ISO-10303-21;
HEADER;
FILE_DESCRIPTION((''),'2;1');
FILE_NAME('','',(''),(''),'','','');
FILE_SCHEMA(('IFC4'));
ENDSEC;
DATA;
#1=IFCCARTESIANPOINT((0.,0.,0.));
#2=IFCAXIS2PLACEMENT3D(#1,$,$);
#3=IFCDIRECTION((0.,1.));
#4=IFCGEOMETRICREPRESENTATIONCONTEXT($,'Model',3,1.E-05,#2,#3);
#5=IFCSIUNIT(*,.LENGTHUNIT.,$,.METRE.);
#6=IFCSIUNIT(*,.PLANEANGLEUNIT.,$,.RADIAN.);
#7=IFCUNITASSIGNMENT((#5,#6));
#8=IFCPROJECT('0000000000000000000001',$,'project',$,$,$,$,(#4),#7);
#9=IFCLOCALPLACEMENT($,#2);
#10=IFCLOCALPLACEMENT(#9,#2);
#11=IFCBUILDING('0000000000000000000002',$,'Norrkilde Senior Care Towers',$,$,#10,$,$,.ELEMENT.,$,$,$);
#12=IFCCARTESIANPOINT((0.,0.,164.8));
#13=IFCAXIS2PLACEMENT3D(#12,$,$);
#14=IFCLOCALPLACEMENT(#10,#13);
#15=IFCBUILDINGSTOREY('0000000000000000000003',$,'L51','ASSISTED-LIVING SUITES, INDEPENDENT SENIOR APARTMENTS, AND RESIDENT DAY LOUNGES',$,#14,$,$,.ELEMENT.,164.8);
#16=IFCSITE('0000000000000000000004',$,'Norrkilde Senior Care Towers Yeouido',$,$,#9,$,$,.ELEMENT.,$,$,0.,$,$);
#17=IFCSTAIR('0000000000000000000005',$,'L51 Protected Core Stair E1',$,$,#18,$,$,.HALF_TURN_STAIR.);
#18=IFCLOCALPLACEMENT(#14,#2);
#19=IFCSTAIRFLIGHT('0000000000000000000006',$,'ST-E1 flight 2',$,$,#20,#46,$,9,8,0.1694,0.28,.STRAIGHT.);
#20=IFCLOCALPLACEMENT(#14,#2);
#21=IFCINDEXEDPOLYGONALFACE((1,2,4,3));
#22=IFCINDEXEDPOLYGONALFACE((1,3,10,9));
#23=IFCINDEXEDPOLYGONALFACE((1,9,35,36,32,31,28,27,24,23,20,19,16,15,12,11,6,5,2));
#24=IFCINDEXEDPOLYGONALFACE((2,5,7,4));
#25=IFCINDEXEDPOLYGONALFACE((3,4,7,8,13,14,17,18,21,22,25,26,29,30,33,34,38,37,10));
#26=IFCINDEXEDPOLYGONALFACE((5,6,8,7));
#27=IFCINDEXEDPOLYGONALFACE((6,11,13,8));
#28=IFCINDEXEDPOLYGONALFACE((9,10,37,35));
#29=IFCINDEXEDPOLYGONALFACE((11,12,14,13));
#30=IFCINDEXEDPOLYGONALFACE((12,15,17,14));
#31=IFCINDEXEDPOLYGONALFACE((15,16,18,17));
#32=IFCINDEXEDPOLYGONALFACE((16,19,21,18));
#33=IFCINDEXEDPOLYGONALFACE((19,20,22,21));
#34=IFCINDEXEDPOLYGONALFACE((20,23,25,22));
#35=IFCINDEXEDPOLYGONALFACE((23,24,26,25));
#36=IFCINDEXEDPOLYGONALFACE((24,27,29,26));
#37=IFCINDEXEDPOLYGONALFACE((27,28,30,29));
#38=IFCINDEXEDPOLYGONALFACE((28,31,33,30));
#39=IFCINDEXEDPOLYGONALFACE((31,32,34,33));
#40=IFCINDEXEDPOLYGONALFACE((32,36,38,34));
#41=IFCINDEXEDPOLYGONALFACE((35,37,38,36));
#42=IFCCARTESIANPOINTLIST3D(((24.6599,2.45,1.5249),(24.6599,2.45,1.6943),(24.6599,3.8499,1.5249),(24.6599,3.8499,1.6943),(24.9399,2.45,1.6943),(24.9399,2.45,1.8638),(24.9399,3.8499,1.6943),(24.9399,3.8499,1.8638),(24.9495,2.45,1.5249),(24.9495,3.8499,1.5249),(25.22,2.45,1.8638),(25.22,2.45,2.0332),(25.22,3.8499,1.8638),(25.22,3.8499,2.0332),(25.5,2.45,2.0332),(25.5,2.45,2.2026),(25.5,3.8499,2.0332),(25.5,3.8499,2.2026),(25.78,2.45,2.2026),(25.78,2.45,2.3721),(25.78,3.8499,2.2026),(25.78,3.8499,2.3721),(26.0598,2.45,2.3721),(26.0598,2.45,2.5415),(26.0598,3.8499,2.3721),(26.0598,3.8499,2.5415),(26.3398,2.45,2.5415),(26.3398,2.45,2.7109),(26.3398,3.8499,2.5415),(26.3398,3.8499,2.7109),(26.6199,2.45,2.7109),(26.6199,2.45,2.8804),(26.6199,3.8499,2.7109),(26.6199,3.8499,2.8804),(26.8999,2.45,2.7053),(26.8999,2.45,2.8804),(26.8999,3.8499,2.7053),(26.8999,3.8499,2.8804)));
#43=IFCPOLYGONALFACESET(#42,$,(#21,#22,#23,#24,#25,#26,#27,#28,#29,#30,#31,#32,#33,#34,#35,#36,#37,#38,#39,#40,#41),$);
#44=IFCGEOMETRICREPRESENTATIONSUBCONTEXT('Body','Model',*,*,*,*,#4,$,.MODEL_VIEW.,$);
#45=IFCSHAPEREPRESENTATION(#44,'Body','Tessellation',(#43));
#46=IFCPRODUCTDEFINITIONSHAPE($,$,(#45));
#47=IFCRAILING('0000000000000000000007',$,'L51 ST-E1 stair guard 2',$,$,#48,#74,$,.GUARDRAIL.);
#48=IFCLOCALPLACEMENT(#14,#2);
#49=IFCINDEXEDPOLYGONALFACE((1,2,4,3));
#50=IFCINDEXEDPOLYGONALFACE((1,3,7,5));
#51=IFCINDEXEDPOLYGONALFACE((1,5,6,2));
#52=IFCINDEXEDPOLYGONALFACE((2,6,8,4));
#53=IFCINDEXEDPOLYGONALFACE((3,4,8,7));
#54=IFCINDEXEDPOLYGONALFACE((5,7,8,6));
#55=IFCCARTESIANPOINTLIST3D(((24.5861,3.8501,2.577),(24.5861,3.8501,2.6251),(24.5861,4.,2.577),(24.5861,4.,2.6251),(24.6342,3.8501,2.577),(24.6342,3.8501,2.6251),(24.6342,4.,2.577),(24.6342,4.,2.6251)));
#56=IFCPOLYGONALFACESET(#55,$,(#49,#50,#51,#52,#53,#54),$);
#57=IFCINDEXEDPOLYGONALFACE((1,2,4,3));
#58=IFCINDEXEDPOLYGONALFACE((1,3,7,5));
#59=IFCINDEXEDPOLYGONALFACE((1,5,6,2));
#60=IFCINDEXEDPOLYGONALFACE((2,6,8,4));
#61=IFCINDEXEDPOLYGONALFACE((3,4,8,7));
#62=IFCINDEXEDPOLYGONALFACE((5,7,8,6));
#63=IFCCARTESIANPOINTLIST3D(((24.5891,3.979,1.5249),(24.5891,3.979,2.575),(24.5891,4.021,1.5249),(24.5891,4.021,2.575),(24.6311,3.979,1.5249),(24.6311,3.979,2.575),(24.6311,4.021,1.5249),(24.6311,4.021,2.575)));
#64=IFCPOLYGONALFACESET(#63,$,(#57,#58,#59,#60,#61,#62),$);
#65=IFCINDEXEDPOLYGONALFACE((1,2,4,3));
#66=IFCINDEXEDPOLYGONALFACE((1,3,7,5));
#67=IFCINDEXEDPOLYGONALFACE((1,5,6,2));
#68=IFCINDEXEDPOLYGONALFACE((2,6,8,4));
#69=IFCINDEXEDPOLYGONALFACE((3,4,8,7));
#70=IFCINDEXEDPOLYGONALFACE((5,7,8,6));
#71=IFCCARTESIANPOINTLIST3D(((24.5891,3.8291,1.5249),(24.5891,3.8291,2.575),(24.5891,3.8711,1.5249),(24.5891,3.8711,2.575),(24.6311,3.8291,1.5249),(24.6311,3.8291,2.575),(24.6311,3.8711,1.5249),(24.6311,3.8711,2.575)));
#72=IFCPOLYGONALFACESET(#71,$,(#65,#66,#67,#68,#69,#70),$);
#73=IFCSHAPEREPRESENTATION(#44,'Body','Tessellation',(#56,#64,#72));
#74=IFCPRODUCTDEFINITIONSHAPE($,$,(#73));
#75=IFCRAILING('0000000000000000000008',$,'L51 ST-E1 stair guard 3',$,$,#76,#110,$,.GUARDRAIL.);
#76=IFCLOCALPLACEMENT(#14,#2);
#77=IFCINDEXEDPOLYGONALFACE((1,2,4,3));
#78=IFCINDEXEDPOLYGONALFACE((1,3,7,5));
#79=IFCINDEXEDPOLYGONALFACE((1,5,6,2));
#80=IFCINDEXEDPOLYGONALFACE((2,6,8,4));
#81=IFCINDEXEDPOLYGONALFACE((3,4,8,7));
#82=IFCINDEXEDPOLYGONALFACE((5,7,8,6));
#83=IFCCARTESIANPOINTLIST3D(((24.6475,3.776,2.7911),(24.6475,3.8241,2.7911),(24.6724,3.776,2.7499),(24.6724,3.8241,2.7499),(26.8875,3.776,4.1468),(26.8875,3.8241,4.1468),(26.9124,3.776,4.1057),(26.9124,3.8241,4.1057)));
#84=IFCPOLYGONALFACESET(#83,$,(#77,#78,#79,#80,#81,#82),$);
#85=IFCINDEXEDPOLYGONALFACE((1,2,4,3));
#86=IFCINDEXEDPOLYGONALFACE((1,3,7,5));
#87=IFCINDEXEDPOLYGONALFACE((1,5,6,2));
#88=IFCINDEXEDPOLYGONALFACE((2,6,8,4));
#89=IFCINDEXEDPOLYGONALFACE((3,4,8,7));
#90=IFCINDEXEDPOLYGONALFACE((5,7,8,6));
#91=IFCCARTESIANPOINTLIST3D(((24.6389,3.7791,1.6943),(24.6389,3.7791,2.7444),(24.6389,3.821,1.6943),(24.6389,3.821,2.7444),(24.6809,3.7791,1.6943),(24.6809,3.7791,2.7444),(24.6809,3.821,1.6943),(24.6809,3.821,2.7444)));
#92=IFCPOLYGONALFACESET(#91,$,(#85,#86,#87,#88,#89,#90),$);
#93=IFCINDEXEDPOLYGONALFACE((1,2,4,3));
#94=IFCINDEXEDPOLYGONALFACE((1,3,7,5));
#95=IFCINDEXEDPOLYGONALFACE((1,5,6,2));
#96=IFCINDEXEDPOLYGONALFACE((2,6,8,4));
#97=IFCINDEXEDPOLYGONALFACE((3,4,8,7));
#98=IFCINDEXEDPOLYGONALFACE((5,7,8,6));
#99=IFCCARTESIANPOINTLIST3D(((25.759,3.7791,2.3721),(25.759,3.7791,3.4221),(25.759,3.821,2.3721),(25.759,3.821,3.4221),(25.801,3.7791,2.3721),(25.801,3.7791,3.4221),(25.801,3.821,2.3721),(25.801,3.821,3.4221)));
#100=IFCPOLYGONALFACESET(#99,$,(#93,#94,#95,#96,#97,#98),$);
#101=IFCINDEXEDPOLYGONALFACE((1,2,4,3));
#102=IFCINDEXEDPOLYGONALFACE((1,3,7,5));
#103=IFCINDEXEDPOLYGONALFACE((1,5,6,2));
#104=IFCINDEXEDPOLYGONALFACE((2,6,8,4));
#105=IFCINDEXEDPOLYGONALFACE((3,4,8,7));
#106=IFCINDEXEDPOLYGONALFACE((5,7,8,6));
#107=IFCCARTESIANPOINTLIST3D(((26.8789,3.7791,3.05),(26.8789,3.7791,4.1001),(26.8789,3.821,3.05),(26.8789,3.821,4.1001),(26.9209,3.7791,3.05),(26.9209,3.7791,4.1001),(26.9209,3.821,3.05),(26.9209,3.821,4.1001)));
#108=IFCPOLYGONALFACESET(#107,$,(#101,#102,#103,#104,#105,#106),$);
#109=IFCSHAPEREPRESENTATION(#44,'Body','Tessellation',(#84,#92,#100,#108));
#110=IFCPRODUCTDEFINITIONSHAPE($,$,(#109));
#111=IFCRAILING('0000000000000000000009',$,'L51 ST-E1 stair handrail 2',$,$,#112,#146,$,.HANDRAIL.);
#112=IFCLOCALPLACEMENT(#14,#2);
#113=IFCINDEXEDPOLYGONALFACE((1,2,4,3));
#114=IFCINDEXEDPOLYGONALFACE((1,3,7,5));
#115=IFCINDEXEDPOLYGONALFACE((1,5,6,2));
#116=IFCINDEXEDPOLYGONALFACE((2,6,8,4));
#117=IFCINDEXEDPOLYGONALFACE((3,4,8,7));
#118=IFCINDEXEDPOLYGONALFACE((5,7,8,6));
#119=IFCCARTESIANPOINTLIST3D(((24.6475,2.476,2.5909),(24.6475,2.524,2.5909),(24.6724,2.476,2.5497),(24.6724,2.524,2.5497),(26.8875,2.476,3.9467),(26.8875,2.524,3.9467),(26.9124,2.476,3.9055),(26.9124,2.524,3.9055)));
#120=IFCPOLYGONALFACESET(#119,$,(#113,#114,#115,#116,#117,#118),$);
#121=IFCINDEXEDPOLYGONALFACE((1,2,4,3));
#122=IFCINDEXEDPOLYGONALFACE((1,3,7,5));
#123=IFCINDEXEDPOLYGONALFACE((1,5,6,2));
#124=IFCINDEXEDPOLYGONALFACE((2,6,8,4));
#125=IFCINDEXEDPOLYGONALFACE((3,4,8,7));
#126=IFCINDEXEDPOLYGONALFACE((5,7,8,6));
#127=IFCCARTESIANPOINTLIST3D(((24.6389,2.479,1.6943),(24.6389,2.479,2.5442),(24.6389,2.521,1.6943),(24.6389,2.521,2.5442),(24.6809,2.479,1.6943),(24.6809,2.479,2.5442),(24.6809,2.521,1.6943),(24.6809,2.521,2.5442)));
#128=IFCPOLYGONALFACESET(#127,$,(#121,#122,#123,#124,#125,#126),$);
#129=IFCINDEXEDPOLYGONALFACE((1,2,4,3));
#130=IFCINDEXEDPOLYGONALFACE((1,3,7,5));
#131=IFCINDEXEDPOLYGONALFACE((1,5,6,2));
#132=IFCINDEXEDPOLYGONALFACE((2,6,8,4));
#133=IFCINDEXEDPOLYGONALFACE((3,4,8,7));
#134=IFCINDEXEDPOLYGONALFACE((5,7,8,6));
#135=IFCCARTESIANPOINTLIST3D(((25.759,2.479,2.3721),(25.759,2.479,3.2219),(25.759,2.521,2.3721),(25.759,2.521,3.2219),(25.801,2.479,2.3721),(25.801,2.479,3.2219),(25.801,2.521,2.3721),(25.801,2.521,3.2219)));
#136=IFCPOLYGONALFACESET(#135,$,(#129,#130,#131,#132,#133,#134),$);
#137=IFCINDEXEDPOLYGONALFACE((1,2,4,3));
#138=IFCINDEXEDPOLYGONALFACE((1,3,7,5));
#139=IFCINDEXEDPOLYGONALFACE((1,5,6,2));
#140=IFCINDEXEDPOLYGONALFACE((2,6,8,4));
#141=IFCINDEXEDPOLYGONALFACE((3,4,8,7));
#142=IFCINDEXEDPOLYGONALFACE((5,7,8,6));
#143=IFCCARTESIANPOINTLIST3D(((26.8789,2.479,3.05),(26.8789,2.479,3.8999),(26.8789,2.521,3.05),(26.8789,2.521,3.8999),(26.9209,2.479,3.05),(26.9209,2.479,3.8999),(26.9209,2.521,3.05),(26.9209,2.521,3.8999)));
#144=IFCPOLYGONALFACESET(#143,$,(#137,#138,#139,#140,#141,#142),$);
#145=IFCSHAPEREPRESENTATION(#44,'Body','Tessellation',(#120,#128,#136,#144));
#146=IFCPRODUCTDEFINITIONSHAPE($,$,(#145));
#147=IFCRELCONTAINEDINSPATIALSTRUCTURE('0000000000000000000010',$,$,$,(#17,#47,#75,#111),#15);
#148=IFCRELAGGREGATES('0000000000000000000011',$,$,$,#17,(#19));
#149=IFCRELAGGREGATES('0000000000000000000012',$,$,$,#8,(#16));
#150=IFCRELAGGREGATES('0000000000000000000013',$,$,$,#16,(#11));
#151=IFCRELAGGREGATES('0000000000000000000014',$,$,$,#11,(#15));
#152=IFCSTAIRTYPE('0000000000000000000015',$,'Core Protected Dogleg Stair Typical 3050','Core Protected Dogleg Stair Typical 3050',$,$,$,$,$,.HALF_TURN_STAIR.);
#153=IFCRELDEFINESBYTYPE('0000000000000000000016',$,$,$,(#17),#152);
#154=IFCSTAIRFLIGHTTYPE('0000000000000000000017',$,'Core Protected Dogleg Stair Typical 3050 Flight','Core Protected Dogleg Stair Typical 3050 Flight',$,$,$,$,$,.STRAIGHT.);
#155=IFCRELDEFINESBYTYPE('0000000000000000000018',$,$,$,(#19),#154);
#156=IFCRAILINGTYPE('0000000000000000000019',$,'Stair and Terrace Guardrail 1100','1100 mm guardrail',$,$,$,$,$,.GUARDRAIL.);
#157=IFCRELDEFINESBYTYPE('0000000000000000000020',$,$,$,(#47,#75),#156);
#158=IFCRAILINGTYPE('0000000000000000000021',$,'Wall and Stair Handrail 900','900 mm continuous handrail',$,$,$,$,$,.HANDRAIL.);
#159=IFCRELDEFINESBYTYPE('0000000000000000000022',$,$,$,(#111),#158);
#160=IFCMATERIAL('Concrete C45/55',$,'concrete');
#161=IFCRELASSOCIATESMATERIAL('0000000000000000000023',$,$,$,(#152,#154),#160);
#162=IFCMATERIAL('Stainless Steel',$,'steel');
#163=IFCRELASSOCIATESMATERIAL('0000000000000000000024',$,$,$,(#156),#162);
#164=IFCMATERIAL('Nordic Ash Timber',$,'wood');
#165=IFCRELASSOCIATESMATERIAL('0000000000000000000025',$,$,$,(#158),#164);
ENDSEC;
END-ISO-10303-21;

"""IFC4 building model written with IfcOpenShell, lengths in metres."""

from ifc_helpers import new_model, si_unit, direction, frame, origin, origin_2d, place, context, subcontext, project, spatial, polyline, rectangle, outline, extrude, material, type_object, element, aggregate, save


model = new_model("IFC4")

# Units and contexts
model_context = context("Model", 3, precision=1e-05, world=origin(), true_north=direction((0.0, 1.0)))
body_context = subcontext(model_context, "Body", "Model", "MODEL_VIEW")
ifc_project = project(units=[si_unit("LENGTHUNIT", "METRE"), si_unit("PLANEANGLEUNIT", "RADIAN")], contexts=[model_context])

# Site, building, storey
site_placement = place(None, origin())
site = spatial("IfcSite", under=ifc_project, at=site_placement, Name="Norrkilde Senior Care Towers Yeouido", CompositionType="ELEMENT", RefElevation=0.0)
building_placement = place(site_placement, origin())
building = spatial("IfcBuilding", under=site, at=building_placement, Name="Norrkilde Senior Care Towers", CompositionType="ELEMENT")
storey_placement = place(building_placement, frame((0.0, 0.0, 164.8)))
storey = spatial("IfcBuildingStorey", under=building, at=storey_placement, Name="L51", Description="ASSISTED-LIVING SUITES, INDEPENDENT SENIOR APARTMENTS, AND RESIDENT DAY LOUNGES", CompositionType="ELEMENT", Elevation=164.8)

# Shared definitions
ifc_material_1 = material(Name="Concrete C45/55", Category="concrete")

# Shared definitions
ifc_material_2 = material(Name="Nordic Ash Timber", Category="wood")

# Stair, stair flight
stair_type = type_object("IfcStairType", Name="Core Protected Dogleg Stair Typical 3050", Description="Core Protected Dogleg Stair Typical 3050", PredefinedType="HALF_TURN_STAIR", material=ifc_material_1)
stair_placement = place(storey_placement, origin())
stair = element("IfcStair", 1, at=stair_placement, inside=storey, type_object=stair_type, Name="L51 Protected Core Stair E1", PredefinedType="HALF_TURN_STAIR")
stair_flight_type = type_object("IfcStairFlightType", Name="Core Protected Dogleg Stair Typical 3050 Flight", Description="Core Protected Dogleg Stair Typical 3050 Flight", PredefinedType="STRAIGHT", material=ifc_material_1)
stair_flight_placement = place(storey_placement, frame((24.6599, 3.1499, 1.5249), z_axis=(0.0, 0.0, 1.0), x_axis=(1.0, 0.0, 0.0)))
stair_flight = element("IfcStairFlight", 2, at=stair_flight_placement, type_object=stair_flight_type, Name="ST-E1 flight 2", NumberOfRisers=9, NumberOfTreads=8, PredefinedType="STRAIGHT", RiserHeight=0.1694, TreadLength=0.28, context=body_context, shape_type="SweptSolid", body=[
    extrude(outline(polyline([(0.0, 0.0), (0.0, 0.1694), (0.28, 0.1694), (0.28, 0.3389), (0.5601, 0.3389), (0.5601, 0.5083), (0.8401, 0.5083), (0.8401, 0.6777), (1.1201, 0.6777), (1.1201, 0.8472), (1.3999, 0.8472), (1.3999, 1.0166), (1.6799, 1.0166), (1.6799, 1.186), (1.96, 1.186), (1.96, 1.3555), (2.24, 1.3555), (2.24, 1.5249), (2.24, 1.1804), (0.2896, 0.0), (0.0, 0.0)])), frame((0.0, 0.7, 0.0), z_axis=(0.0, -1.0, 0.0), x_axis=(1.0, 0.0, 0.0)), (0.0, 0.0, 1.0), 1.3999),
])
aggregate(stair, [stair_flight])

# Railings
ifc_material_3 = material(Name="Stainless Steel", Category="steel")
railing_type_1 = type_object("IfcRailingType", Name="Stair and Terrace Guardrail 1100", Description="1100 mm guardrail", PredefinedType="GUARDRAIL", material=ifc_material_3)
railing_1_placement = place(storey_placement, frame((24.6101, 4.0, 1.5249)))
element("IfcRailing", 3, at=railing_1_placement, inside=storey, type_object=railing_type_1, Name="L51 ST-E1 stair guard 2", PredefinedType="GUARDRAIL", context=body_context, shape_type="SweptSolid", body=[
    extrude(rectangle(XDim=0.0481, YDim=0.0481, at=origin_2d()), frame((0.0, 0.0, 1.0762), z_axis=(0.0, -1.0, 0.0), x_axis=(1.0, 0.0, 0.0)), (0.0, 0.0, 1.0), 0.1499),
    extrude(rectangle(XDim=0.042, YDim=0.042, at=origin_2d()), origin(), (0.0, 0.0, 1.0), 1.05),
    extrude(rectangle(XDim=0.042, YDim=0.042, at=origin_2d()), frame((0.0, -0.1499, 0.0)), (0.0, 0.0, 1.0), 1.05),
])
railing_2_placement = place(storey_placement, frame((24.6599, 3.8, 1.6943)))
element("IfcRailing", 4, at=railing_2_placement, inside=storey, type_object=railing_type_1, Name="L51 ST-E1 stair guard 3", PredefinedType="GUARDRAIL", context=body_context, shape_type="SweptSolid", body=[
    extrude(rectangle(XDim=0.0481, YDim=0.0481, at=origin_2d()), frame((0.0, 0.0, 1.0762), z_axis=(0.855512, 0.0, 0.517783), x_axis=(0.0, 1.0, 0.0)), (0.0, 0.0, 1.0), 2.6184),
    extrude(rectangle(XDim=0.042, YDim=0.042, at=origin_2d()), origin(), (0.0, 0.0, 1.0), 1.05),
    extrude(rectangle(XDim=0.042, YDim=0.042, at=origin_2d()), frame((1.1201, 0.0, 0.6777)), (0.0, 0.0, 1.0), 1.05),
    extrude(rectangle(XDim=0.042, YDim=0.042, at=origin_2d()), frame((2.24, 0.0, 1.3557)), (0.0, 0.0, 1.0), 1.05),
])
railing_type_2 = type_object("IfcRailingType", Name="Wall and Stair Handrail 900", Description="900 mm continuous handrail", PredefinedType="HANDRAIL", material=ifc_material_2)
railing_3_placement = place(storey_placement, frame((24.6599, 2.5, 1.6943)))
element("IfcRailing", 5, at=railing_3_placement, inside=storey, type_object=railing_type_2, Name="L51 ST-E1 stair handrail 2", PredefinedType="HANDRAIL", context=body_context, shape_type="SweptSolid", body=[
    extrude(rectangle(XDim=0.0481, YDim=0.0481, at=origin_2d()), frame((0.0, 0.0, 0.876), z_axis=(0.855512, 0.0, 0.517783), x_axis=(0.0, 1.0, 0.0)), (0.0, 0.0, 1.0), 2.6184),
    extrude(rectangle(XDim=0.042, YDim=0.042, at=origin_2d()), origin(), (0.0, 0.0, 1.0), 0.8499),
    extrude(rectangle(XDim=0.042, YDim=0.042, at=origin_2d()), frame((1.1201, 0.0, 0.6777)), (0.0, 0.0, 1.0), 0.8499),
    extrude(rectangle(XDim=0.042, YDim=0.042, at=origin_2d()), frame((2.24, 0.0, 1.3557)), (0.0, 0.0, 1.0), 0.8499),
])

save(model, "model.ifc")
